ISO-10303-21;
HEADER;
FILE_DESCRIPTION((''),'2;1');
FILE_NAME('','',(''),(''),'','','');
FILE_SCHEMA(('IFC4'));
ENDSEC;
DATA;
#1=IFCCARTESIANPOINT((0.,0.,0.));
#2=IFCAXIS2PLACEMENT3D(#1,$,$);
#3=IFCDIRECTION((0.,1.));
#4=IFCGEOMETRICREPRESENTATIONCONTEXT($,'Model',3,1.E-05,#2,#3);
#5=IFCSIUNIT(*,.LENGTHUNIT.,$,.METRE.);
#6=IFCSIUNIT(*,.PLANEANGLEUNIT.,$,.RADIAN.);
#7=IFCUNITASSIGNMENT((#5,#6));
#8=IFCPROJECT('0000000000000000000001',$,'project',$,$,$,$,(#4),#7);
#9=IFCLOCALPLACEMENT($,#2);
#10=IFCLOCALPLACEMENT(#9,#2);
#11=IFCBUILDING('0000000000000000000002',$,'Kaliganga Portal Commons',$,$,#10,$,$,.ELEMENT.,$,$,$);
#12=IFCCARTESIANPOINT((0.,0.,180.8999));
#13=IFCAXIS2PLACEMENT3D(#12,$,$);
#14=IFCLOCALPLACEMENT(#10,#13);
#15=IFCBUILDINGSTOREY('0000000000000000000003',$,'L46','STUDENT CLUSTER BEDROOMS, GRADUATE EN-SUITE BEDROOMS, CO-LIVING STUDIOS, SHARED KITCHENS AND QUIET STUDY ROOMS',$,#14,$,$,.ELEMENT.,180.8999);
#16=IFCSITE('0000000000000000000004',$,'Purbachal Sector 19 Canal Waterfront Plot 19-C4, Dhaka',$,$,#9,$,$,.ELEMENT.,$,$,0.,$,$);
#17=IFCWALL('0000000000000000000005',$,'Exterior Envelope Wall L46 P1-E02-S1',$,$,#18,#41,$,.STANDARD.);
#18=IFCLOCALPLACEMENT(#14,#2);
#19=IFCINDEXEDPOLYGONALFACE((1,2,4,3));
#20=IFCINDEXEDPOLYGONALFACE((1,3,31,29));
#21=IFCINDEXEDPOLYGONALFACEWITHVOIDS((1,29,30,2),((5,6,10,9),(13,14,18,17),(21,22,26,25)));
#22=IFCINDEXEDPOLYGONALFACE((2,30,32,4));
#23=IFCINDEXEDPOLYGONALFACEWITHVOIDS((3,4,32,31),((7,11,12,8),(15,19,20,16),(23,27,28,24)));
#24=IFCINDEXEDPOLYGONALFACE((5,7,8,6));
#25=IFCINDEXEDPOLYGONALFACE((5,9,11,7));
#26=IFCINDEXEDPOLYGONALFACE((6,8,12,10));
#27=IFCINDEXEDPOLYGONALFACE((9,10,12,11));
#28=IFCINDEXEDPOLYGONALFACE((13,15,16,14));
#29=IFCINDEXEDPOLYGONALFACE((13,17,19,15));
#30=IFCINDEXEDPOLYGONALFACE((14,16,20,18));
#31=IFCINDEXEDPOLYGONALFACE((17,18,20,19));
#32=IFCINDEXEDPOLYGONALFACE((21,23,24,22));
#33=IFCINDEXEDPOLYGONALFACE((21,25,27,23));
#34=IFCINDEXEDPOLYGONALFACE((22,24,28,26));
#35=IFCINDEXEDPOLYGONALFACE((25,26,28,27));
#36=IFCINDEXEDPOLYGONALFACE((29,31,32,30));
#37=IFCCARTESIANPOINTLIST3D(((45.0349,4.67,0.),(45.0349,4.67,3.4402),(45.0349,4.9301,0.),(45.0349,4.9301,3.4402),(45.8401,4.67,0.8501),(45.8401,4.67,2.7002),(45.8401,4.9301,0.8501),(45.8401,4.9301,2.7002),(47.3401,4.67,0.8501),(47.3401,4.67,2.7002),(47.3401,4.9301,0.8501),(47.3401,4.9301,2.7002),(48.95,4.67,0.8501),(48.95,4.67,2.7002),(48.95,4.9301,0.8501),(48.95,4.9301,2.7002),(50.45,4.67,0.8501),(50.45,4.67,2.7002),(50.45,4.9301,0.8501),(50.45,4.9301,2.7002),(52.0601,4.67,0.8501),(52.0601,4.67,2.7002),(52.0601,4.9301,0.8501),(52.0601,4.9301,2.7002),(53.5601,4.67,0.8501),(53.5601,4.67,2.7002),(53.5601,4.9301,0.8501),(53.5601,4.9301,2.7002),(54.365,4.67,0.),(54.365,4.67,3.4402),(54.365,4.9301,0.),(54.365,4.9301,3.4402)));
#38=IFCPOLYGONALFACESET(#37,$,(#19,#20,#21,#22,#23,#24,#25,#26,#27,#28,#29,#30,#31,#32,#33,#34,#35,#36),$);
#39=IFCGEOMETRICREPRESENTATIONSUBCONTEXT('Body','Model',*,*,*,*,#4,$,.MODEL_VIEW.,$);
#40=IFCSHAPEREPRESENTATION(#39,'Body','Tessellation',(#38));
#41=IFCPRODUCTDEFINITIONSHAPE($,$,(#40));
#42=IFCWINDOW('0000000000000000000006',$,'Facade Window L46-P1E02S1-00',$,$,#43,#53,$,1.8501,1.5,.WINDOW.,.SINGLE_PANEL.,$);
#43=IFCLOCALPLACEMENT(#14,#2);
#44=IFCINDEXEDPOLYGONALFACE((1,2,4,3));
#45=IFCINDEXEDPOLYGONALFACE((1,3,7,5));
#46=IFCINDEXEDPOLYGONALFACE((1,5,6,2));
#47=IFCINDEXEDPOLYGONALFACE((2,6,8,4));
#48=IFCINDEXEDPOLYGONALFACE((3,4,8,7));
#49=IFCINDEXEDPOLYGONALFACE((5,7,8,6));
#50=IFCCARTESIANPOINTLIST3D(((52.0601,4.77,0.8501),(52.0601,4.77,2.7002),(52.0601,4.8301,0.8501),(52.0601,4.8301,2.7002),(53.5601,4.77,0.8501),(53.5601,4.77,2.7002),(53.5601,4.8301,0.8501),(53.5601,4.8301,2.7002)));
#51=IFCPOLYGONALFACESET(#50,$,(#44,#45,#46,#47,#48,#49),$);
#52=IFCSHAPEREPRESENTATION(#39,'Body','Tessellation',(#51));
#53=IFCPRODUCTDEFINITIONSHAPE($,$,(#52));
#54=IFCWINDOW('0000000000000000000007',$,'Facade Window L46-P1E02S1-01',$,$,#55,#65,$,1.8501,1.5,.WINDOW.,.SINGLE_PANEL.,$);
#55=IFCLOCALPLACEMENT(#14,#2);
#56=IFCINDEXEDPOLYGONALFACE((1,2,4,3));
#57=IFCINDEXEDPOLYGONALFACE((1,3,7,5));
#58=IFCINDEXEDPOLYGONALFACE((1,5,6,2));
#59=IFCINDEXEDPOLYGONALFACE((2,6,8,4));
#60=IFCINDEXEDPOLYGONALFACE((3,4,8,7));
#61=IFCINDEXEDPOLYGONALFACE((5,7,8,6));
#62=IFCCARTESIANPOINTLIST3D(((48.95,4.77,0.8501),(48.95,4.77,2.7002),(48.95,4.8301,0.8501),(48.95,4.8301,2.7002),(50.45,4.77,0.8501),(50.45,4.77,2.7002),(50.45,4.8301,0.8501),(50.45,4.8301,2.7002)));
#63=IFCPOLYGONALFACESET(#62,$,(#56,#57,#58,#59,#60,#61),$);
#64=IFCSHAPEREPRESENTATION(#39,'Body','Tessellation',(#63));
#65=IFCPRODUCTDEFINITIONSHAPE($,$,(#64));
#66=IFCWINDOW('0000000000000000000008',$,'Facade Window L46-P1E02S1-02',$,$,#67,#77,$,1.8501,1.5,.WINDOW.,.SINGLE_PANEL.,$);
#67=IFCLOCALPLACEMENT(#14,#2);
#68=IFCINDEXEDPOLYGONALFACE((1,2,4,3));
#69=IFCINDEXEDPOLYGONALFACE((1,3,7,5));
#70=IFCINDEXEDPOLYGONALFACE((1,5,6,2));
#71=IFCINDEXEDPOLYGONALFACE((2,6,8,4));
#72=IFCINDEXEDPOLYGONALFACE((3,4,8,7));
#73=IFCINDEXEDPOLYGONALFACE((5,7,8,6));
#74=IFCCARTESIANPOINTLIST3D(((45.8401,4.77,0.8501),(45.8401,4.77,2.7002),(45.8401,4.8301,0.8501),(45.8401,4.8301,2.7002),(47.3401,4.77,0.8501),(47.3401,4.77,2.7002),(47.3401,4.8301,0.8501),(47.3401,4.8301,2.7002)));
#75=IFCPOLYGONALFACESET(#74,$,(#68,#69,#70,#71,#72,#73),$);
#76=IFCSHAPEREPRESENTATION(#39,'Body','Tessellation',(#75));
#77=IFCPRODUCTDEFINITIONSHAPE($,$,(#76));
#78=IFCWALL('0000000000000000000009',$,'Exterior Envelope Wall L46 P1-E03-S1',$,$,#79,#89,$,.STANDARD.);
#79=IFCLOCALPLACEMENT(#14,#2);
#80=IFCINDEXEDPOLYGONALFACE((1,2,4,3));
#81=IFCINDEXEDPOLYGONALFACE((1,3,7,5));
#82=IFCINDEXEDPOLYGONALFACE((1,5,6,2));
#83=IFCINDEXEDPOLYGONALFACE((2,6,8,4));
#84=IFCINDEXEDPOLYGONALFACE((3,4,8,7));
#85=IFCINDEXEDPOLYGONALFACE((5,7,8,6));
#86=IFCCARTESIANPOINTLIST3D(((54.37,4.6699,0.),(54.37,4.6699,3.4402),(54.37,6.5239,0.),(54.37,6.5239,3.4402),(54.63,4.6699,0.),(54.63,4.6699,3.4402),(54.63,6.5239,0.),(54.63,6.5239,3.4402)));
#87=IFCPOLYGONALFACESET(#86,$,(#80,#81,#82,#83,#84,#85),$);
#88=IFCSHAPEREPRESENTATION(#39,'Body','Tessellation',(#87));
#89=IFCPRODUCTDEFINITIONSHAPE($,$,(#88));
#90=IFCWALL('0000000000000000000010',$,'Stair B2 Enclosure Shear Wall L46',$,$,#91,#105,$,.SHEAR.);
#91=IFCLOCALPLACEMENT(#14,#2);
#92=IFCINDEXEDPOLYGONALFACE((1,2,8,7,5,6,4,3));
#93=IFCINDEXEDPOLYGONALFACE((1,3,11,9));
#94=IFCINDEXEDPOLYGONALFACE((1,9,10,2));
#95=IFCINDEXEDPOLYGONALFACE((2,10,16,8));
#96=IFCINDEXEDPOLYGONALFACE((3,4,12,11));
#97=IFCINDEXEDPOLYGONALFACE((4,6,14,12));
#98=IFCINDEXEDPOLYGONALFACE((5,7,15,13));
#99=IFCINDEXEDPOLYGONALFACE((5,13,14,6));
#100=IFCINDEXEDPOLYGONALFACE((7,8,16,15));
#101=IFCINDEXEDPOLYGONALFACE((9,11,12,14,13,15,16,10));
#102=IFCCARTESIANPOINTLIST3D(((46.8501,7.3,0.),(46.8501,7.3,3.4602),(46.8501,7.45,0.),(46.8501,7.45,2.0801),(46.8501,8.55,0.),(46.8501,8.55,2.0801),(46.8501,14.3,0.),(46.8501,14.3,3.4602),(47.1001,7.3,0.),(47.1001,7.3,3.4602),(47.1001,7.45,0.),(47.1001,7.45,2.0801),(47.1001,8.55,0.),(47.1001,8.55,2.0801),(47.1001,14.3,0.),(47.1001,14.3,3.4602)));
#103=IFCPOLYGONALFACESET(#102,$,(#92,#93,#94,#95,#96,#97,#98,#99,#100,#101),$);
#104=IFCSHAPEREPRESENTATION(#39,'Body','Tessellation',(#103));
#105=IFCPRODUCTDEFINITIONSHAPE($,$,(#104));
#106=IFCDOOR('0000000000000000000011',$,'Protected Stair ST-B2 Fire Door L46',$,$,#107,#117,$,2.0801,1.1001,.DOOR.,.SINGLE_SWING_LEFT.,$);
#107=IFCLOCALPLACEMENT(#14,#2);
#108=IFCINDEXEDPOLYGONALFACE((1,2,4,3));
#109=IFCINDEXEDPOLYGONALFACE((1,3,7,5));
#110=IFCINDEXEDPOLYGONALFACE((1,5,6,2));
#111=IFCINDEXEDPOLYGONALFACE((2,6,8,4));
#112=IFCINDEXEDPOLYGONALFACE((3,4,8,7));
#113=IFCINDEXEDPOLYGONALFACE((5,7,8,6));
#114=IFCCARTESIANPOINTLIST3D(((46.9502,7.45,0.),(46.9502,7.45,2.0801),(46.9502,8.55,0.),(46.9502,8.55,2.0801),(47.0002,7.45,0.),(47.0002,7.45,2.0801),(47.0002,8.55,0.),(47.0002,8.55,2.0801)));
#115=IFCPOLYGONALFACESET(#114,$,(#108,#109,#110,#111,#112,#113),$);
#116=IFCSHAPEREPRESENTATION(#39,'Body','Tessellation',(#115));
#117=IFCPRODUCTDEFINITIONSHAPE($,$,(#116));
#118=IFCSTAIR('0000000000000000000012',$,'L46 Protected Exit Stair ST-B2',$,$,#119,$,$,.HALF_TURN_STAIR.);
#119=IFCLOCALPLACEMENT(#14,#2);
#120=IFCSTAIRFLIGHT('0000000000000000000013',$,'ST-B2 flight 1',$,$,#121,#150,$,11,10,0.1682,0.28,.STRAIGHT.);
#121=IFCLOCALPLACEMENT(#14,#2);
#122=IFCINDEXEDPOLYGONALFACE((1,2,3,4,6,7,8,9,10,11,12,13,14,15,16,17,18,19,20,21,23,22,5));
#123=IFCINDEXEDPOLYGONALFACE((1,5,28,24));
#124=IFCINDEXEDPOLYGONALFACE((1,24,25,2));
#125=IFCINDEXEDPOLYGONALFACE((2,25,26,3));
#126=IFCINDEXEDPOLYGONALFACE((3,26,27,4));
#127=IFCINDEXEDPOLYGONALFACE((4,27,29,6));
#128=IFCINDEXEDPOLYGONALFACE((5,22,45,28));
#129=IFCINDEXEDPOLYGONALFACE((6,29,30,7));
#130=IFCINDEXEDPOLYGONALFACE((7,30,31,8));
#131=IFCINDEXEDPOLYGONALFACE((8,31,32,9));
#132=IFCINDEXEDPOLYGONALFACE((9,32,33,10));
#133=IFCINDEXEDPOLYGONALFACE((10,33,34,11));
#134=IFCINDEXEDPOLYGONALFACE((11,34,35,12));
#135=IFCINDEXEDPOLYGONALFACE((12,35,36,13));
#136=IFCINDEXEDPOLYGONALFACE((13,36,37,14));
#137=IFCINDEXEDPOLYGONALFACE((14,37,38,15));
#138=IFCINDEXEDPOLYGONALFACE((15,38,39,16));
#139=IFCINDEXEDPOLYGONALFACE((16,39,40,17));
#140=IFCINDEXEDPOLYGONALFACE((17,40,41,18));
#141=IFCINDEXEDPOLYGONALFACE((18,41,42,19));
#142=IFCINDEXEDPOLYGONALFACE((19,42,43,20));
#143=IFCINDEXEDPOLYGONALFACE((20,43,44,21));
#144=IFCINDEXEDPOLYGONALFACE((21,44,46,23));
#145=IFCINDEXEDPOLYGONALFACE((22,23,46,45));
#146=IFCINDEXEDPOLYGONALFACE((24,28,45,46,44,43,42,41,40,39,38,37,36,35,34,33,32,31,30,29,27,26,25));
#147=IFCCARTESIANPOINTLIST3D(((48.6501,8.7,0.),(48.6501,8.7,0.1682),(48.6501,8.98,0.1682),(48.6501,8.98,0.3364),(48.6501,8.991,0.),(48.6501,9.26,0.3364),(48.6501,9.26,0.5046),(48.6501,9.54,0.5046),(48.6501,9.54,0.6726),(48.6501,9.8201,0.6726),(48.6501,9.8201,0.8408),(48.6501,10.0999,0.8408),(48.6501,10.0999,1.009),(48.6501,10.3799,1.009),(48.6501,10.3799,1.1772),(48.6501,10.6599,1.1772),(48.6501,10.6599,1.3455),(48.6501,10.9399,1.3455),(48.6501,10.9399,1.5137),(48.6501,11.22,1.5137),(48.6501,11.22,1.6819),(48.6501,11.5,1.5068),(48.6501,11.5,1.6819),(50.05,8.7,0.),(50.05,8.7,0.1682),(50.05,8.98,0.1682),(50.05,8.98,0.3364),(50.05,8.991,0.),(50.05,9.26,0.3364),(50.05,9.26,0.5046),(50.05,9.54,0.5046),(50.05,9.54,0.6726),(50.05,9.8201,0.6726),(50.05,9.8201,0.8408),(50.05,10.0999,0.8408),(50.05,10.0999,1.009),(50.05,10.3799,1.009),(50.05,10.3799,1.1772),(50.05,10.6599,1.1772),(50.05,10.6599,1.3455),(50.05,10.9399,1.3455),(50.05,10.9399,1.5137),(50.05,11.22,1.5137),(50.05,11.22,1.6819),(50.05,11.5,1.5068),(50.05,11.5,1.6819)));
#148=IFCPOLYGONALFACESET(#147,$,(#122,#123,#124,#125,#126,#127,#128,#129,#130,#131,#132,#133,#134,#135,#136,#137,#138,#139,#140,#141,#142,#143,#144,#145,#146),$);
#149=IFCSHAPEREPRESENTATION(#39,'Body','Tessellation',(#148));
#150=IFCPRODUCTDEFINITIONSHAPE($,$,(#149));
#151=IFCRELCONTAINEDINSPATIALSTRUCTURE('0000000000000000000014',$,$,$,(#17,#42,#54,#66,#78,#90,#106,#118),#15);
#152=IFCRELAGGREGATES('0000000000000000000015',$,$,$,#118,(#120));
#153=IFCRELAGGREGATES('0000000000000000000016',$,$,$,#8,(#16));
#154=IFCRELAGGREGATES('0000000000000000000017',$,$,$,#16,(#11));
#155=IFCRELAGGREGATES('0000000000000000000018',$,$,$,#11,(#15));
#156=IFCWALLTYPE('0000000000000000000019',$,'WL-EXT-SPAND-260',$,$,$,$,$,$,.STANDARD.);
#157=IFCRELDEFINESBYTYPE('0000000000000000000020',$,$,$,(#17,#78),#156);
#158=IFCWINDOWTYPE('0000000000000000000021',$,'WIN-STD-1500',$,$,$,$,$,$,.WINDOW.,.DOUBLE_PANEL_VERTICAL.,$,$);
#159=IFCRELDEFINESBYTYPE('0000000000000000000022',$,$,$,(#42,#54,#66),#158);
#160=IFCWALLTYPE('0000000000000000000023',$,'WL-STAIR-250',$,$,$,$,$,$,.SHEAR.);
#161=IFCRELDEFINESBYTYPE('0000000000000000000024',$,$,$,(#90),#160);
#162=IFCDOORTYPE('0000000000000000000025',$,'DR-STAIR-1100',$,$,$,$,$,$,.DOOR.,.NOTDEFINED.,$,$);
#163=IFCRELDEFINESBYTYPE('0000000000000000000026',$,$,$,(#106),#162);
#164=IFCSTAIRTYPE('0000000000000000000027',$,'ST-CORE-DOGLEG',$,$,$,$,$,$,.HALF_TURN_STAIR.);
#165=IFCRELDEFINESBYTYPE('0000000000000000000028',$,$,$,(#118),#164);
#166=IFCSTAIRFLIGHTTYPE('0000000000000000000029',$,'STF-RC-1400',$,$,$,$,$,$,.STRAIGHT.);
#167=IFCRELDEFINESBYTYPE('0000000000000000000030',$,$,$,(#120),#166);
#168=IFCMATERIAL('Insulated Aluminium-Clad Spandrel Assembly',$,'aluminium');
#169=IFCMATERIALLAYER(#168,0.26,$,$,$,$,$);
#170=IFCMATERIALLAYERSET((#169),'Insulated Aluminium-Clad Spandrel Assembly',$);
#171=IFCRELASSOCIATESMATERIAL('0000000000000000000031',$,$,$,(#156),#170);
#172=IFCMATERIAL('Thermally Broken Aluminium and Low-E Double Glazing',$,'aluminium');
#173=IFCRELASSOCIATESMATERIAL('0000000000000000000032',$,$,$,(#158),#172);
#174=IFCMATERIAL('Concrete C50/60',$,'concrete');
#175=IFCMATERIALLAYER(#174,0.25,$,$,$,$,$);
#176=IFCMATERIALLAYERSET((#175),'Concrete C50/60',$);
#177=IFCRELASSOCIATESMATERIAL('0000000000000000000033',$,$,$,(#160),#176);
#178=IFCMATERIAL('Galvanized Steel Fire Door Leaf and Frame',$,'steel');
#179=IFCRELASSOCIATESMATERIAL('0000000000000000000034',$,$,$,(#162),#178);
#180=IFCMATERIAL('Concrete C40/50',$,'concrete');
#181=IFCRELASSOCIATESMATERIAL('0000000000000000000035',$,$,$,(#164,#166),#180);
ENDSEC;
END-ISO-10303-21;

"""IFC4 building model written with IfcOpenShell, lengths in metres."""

from ifc_helpers import new_model, si_unit, direction, frame, frame_2d, origin, place, context, subcontext, project, spatial, polyline, rectangle, outline, extrude, material, layer, layer_set, type_object, element, fill, aggregate, save


model = new_model("IFC4")

# Units and contexts
model_context = context("Model", 3, precision=1e-05, world=origin(), true_north=direction((0.0, 1.0)))
body_context = subcontext(model_context, "Body", "Model", "MODEL_VIEW")
ifc_project = project(units=[si_unit("LENGTHUNIT", "METRE"), si_unit("PLANEANGLEUNIT", "RADIAN")], contexts=[model_context])

# Site, building, storey
site_placement = place(None, origin())
site = spatial("IfcSite", under=ifc_project, at=site_placement, Name="Purbachal Sector 19 Canal Waterfront Plot 19-C4, Dhaka", CompositionType="ELEMENT", RefElevation=0.0)
building_placement = place(site_placement, origin())
building = spatial("IfcBuilding", under=site, at=building_placement, Name="Kaliganga Portal Commons", CompositionType="ELEMENT")
storey_placement = place(building_placement, frame((0.0, 0.0, 180.8999)))
storey = spatial("IfcBuildingStorey", under=building, at=storey_placement, Name="L46", Description="STUDENT CLUSTER BEDROOMS, GRADUATE EN-SUITE BEDROOMS, CO-LIVING STUDIOS, SHARED KITCHENS AND QUIET STUDY ROOMS", CompositionType="ELEMENT", Elevation=180.8999)

# Wall, openings, windows
ifc_material_1 = material(Name="Insulated Aluminium-Clad Spandrel Assembly", Category="aluminium")
ifc_layer_1 = layer(ifc_material_1, 0.26)
ifc_layer_set_1 = layer_set([ifc_layer_1], Name="Insulated Aluminium-Clad Spandrel Assembly")
wall_type_1 = type_object("IfcWallType", Name="WL-EXT-SPAND-260", PredefinedType="STANDARD", material=ifc_layer_set_1)
wall_1_placement = place(storey_placement, frame((54.365, 4.8, 0.0), z_axis=(0.0, 0.0, 1.0), x_axis=(-1.0, 0.0, 0.0)))
wall_1 = element("IfcWall", 1, at=wall_1_placement, inside=storey, type_object=wall_type_1, Name="Exterior Envelope Wall L46 P1-E02-S1", PredefinedType="STANDARD", context=body_context, shape_type="SweptSolid", body=[
    extrude(rectangle(XDim=9.3301, YDim=0.26, at=frame_2d((4.665, 0.0))), origin(), (0.0, 0.0, 1.0), 3.4402),
])
opening_1_placement = place(wall_1_placement, frame((0.8049, 0.0, 0.8501)))
opening_1 = element("IfcOpeningElement", 2, at=opening_1_placement, cuts=wall_1, PredefinedType="OPENING", context=body_context, shape_type="SweptSolid", body=[
    extrude(rectangle(XDim=1.5, YDim=1.8501, at=frame_2d((0.75, 0.925))), frame((0.0, 0.1401, 0.0), z_axis=(0.0, -1.0, 0.0), x_axis=(1.0, 0.0, 0.0)), (0.0, 0.0, 1.0), 0.28),
])
opening_2_placement = place(wall_1_placement, frame((3.915, 0.0, 0.8501)))
opening_2 = element("IfcOpeningElement", 3, at=opening_2_placement, cuts=wall_1, PredefinedType="OPENING", context=body_context, shape_type="SweptSolid", body=[
    extrude(rectangle(XDim=1.5, YDim=1.8501, at=frame_2d((0.75, 0.925))), frame((0.0, 0.1401, 0.0), z_axis=(0.0, -1.0, 0.0), x_axis=(1.0, 0.0, 0.0)), (0.0, 0.0, 1.0), 0.28),
])
opening_3_placement = place(wall_1_placement, frame((7.0249, 0.0, 0.8501)))
opening_3 = element("IfcOpeningElement", 4, at=opening_3_placement, cuts=wall_1, PredefinedType="OPENING", context=body_context, shape_type="SweptSolid", body=[
    extrude(rectangle(XDim=1.5, YDim=1.8501, at=frame_2d((0.75, 0.925))), frame((0.0, 0.1401, 0.0), z_axis=(0.0, -1.0, 0.0), x_axis=(1.0, 0.0, 0.0)), (0.0, 0.0, 1.0), 0.28),
])
ifc_material_2 = material(Name="Thermally Broken Aluminium and Low-E Double Glazing", Category="aluminium")
window_type = type_object("IfcWindowType", Name="WIN-STD-1500", PartitioningType="DOUBLE_PANEL_VERTICAL", PredefinedType="WINDOW", material=ifc_material_2)
window_1_placement = place(opening_1_placement, origin())
window_1 = element("IfcWindow", 5, at=window_1_placement, inside=storey, type_object=window_type, Name="Facade Window L46-P1E02S1-00", OverallHeight=1.8501, OverallWidth=1.5, PartitioningType="SINGLE_PANEL", PredefinedType="WINDOW", context=body_context, shape_type="SweptSolid", body=[
    extrude(rectangle(XDim=1.5, YDim=1.8501, at=frame_2d((0.75, 0.925))), frame((0.0, 0.03, 0.0), z_axis=(0.0, -1.0, 0.0), x_axis=(1.0, 0.0, 0.0)), (0.0, 0.0, 1.0), 0.0601),
])
fill(opening_1, window_1)
window_2_placement = place(opening_2_placement, origin())
window_2 = element("IfcWindow", 6, at=window_2_placement, inside=storey, type_object=window_type, Name="Facade Window L46-P1E02S1-01", OverallHeight=1.8501, OverallWidth=1.5, PartitioningType="SINGLE_PANEL", PredefinedType="WINDOW", context=body_context, shape_type="SweptSolid", body=[
    extrude(rectangle(XDim=1.5, YDim=1.8501, at=frame_2d((0.75, 0.925))), frame((0.0, 0.03, 0.0), z_axis=(0.0, -1.0, 0.0), x_axis=(1.0, 0.0, 0.0)), (0.0, 0.0, 1.0), 0.0601),
])
fill(opening_2, window_2)
window_3_placement = place(opening_3_placement, origin())
window_3 = element("IfcWindow", 7, at=window_3_placement, inside=storey, type_object=window_type, Name="Facade Window L46-P1E02S1-02", OverallHeight=1.8501, OverallWidth=1.5, PartitioningType="SINGLE_PANEL", PredefinedType="WINDOW", context=body_context, shape_type="SweptSolid", body=[
    extrude(rectangle(XDim=1.5, YDim=1.8501, at=frame_2d((0.75, 0.925))), frame((0.0, 0.03, 0.0), z_axis=(0.0, -1.0, 0.0), x_axis=(1.0, 0.0, 0.0)), (0.0, 0.0, 1.0), 0.0601),
])
fill(opening_3, window_3)

# Wall
wall_2_placement = place(storey_placement, frame((54.5, 6.5239, 0.0), z_axis=(0.0, 0.0, 1.0), x_axis=(0.0, -1.0, 0.0)))
element("IfcWall", 8, at=wall_2_placement, inside=storey, type_object=wall_type_1, Name="Exterior Envelope Wall L46 P1-E03-S1", PredefinedType="STANDARD", context=body_context, shape_type="SweptSolid", body=[
    extrude(rectangle(XDim=1.854, YDim=0.26, at=frame_2d((0.927, 0.0))), origin(), (0.0, 0.0, 1.0), 3.4402),
])

# Wall, opening, door
ifc_material_3 = material(Name="Concrete C50/60", Category="concrete")
ifc_layer_2 = layer(ifc_material_3, 0.25)
ifc_layer_set_2 = layer_set([ifc_layer_2], Name="Concrete C50/60")
wall_type_2 = type_object("IfcWallType", Name="WL-STAIR-250", PredefinedType="SHEAR", material=ifc_layer_set_2)
wall_3_placement = place(storey_placement, frame((46.9751, 7.3, 0.0), z_axis=(0.0, 0.0, 1.0), x_axis=(0.0, 1.0, 0.0)))
wall_3 = element("IfcWall", 9, at=wall_3_placement, inside=storey, type_object=wall_type_2, Name="Stair B2 Enclosure Shear Wall L46", PredefinedType="SHEAR", context=body_context, shape_type="SweptSolid", body=[
    extrude(rectangle(XDim=7.0, YDim=0.25, at=frame_2d((3.5, 0.0))), origin(), (0.0, 0.0, 1.0), 3.4602),
])
opening_4_placement = place(wall_3_placement, frame((0.1499, 0.0, 0.0)))
opening_4 = element("IfcOpeningElement", 10, at=opening_4_placement, cuts=wall_3, PredefinedType="OPENING", context=body_context, shape_type="SweptSolid", body=[
    extrude(rectangle(XDim=1.1001, YDim=2.0801, at=frame_2d((0.55, 1.04))), frame((0.0, 0.135, 0.0), z_axis=(0.0, -1.0, 0.0), x_axis=(1.0, 0.0, 0.0)), (0.0, 0.0, 1.0), 0.27),
])
ifc_material_4 = material(Name="Galvanized Steel Fire Door Leaf and Frame", Category="steel")
door_type = type_object("IfcDoorType", Name="DR-STAIR-1100", OperationType="NOTDEFINED", PredefinedType="DOOR", material=ifc_material_4)
door_placement = place(opening_4_placement, origin())
door = element("IfcDoor", 11, at=door_placement, inside=storey, type_object=door_type, Name="Protected Stair ST-B2 Fire Door L46", OperationType="SINGLE_SWING_LEFT", OverallHeight=2.0801, OverallWidth=1.1001, PredefinedType="DOOR", context=body_context, shape_type="SweptSolid", body=[
    extrude(rectangle(XDim=1.1001, YDim=2.0801, at=frame_2d((0.55, 1.04))), frame((0.0, 0.0249, 0.0), z_axis=(0.0, -1.0, 0.0), x_axis=(1.0, 0.0, 0.0)), (0.0, 0.0, 1.0), 0.05),
])
fill(opening_4, door)

# Stair, stair flight
ifc_material_5 = material(Name="Concrete C40/50", Category="concrete")
stair_type = type_object("IfcStairType", Name="ST-CORE-DOGLEG", PredefinedType="HALF_TURN_STAIR", material=ifc_material_5)
stair_placement = place(storey_placement, origin())
stair = element("IfcStair", 12, at=stair_placement, inside=storey, type_object=stair_type, Name="L46 Protected Exit Stair ST-B2", PredefinedType="HALF_TURN_STAIR")
stair_flight_type = type_object("IfcStairFlightType", Name="STF-RC-1400", PredefinedType="STRAIGHT", material=ifc_material_5)
stair_flight_1_placement = place(storey_placement, frame((49.3501, 8.7, 0.0), z_axis=(0.0, 0.0, 1.0), x_axis=(0.0, 1.0, 0.0)))
stair_flight_1 = element("IfcStairFlight", 13, at=stair_flight_1_placement, type_object=stair_flight_type, Name="ST-B2 flight 1", NumberOfRisers=11, NumberOfTreads=10, PredefinedType="STRAIGHT", RiserHeight=0.1682, TreadLength=0.28, context=body_context, shape_type="SweptSolid", body=[
    extrude(outline(polyline([(0.0, 0.0), (0.0, 0.1682), (0.28, 0.1682), (0.28, 0.3364), (0.5601, 0.3364), (0.5601, 0.5046), (0.8401, 0.5046), (0.8401, 0.6726), (1.1201, 0.6726), (1.1201, 0.8408), (1.3999, 0.8408), (1.3999, 1.009), (1.6799, 1.009), (1.6799, 1.1772), (1.96, 1.1772), (1.96, 1.3455), (2.24, 1.3455), (2.24, 1.5137), (2.52, 1.5137), (2.52, 1.6819), (2.8, 1.6819), (2.8, 1.8501), (2.8, 1.5068), (0.291, 0.0), (0.0, 0.0)])), frame((0.0, 0.7, 0.0), z_axis=(0.0, -1.0, 0.0), x_axis=(1.0, 0.0, 0.0)), (0.0, 0.0, 1.0), 1.3999),
])
aggregate(stair, [stair_flight_1])

save(model, "model.ifc")
